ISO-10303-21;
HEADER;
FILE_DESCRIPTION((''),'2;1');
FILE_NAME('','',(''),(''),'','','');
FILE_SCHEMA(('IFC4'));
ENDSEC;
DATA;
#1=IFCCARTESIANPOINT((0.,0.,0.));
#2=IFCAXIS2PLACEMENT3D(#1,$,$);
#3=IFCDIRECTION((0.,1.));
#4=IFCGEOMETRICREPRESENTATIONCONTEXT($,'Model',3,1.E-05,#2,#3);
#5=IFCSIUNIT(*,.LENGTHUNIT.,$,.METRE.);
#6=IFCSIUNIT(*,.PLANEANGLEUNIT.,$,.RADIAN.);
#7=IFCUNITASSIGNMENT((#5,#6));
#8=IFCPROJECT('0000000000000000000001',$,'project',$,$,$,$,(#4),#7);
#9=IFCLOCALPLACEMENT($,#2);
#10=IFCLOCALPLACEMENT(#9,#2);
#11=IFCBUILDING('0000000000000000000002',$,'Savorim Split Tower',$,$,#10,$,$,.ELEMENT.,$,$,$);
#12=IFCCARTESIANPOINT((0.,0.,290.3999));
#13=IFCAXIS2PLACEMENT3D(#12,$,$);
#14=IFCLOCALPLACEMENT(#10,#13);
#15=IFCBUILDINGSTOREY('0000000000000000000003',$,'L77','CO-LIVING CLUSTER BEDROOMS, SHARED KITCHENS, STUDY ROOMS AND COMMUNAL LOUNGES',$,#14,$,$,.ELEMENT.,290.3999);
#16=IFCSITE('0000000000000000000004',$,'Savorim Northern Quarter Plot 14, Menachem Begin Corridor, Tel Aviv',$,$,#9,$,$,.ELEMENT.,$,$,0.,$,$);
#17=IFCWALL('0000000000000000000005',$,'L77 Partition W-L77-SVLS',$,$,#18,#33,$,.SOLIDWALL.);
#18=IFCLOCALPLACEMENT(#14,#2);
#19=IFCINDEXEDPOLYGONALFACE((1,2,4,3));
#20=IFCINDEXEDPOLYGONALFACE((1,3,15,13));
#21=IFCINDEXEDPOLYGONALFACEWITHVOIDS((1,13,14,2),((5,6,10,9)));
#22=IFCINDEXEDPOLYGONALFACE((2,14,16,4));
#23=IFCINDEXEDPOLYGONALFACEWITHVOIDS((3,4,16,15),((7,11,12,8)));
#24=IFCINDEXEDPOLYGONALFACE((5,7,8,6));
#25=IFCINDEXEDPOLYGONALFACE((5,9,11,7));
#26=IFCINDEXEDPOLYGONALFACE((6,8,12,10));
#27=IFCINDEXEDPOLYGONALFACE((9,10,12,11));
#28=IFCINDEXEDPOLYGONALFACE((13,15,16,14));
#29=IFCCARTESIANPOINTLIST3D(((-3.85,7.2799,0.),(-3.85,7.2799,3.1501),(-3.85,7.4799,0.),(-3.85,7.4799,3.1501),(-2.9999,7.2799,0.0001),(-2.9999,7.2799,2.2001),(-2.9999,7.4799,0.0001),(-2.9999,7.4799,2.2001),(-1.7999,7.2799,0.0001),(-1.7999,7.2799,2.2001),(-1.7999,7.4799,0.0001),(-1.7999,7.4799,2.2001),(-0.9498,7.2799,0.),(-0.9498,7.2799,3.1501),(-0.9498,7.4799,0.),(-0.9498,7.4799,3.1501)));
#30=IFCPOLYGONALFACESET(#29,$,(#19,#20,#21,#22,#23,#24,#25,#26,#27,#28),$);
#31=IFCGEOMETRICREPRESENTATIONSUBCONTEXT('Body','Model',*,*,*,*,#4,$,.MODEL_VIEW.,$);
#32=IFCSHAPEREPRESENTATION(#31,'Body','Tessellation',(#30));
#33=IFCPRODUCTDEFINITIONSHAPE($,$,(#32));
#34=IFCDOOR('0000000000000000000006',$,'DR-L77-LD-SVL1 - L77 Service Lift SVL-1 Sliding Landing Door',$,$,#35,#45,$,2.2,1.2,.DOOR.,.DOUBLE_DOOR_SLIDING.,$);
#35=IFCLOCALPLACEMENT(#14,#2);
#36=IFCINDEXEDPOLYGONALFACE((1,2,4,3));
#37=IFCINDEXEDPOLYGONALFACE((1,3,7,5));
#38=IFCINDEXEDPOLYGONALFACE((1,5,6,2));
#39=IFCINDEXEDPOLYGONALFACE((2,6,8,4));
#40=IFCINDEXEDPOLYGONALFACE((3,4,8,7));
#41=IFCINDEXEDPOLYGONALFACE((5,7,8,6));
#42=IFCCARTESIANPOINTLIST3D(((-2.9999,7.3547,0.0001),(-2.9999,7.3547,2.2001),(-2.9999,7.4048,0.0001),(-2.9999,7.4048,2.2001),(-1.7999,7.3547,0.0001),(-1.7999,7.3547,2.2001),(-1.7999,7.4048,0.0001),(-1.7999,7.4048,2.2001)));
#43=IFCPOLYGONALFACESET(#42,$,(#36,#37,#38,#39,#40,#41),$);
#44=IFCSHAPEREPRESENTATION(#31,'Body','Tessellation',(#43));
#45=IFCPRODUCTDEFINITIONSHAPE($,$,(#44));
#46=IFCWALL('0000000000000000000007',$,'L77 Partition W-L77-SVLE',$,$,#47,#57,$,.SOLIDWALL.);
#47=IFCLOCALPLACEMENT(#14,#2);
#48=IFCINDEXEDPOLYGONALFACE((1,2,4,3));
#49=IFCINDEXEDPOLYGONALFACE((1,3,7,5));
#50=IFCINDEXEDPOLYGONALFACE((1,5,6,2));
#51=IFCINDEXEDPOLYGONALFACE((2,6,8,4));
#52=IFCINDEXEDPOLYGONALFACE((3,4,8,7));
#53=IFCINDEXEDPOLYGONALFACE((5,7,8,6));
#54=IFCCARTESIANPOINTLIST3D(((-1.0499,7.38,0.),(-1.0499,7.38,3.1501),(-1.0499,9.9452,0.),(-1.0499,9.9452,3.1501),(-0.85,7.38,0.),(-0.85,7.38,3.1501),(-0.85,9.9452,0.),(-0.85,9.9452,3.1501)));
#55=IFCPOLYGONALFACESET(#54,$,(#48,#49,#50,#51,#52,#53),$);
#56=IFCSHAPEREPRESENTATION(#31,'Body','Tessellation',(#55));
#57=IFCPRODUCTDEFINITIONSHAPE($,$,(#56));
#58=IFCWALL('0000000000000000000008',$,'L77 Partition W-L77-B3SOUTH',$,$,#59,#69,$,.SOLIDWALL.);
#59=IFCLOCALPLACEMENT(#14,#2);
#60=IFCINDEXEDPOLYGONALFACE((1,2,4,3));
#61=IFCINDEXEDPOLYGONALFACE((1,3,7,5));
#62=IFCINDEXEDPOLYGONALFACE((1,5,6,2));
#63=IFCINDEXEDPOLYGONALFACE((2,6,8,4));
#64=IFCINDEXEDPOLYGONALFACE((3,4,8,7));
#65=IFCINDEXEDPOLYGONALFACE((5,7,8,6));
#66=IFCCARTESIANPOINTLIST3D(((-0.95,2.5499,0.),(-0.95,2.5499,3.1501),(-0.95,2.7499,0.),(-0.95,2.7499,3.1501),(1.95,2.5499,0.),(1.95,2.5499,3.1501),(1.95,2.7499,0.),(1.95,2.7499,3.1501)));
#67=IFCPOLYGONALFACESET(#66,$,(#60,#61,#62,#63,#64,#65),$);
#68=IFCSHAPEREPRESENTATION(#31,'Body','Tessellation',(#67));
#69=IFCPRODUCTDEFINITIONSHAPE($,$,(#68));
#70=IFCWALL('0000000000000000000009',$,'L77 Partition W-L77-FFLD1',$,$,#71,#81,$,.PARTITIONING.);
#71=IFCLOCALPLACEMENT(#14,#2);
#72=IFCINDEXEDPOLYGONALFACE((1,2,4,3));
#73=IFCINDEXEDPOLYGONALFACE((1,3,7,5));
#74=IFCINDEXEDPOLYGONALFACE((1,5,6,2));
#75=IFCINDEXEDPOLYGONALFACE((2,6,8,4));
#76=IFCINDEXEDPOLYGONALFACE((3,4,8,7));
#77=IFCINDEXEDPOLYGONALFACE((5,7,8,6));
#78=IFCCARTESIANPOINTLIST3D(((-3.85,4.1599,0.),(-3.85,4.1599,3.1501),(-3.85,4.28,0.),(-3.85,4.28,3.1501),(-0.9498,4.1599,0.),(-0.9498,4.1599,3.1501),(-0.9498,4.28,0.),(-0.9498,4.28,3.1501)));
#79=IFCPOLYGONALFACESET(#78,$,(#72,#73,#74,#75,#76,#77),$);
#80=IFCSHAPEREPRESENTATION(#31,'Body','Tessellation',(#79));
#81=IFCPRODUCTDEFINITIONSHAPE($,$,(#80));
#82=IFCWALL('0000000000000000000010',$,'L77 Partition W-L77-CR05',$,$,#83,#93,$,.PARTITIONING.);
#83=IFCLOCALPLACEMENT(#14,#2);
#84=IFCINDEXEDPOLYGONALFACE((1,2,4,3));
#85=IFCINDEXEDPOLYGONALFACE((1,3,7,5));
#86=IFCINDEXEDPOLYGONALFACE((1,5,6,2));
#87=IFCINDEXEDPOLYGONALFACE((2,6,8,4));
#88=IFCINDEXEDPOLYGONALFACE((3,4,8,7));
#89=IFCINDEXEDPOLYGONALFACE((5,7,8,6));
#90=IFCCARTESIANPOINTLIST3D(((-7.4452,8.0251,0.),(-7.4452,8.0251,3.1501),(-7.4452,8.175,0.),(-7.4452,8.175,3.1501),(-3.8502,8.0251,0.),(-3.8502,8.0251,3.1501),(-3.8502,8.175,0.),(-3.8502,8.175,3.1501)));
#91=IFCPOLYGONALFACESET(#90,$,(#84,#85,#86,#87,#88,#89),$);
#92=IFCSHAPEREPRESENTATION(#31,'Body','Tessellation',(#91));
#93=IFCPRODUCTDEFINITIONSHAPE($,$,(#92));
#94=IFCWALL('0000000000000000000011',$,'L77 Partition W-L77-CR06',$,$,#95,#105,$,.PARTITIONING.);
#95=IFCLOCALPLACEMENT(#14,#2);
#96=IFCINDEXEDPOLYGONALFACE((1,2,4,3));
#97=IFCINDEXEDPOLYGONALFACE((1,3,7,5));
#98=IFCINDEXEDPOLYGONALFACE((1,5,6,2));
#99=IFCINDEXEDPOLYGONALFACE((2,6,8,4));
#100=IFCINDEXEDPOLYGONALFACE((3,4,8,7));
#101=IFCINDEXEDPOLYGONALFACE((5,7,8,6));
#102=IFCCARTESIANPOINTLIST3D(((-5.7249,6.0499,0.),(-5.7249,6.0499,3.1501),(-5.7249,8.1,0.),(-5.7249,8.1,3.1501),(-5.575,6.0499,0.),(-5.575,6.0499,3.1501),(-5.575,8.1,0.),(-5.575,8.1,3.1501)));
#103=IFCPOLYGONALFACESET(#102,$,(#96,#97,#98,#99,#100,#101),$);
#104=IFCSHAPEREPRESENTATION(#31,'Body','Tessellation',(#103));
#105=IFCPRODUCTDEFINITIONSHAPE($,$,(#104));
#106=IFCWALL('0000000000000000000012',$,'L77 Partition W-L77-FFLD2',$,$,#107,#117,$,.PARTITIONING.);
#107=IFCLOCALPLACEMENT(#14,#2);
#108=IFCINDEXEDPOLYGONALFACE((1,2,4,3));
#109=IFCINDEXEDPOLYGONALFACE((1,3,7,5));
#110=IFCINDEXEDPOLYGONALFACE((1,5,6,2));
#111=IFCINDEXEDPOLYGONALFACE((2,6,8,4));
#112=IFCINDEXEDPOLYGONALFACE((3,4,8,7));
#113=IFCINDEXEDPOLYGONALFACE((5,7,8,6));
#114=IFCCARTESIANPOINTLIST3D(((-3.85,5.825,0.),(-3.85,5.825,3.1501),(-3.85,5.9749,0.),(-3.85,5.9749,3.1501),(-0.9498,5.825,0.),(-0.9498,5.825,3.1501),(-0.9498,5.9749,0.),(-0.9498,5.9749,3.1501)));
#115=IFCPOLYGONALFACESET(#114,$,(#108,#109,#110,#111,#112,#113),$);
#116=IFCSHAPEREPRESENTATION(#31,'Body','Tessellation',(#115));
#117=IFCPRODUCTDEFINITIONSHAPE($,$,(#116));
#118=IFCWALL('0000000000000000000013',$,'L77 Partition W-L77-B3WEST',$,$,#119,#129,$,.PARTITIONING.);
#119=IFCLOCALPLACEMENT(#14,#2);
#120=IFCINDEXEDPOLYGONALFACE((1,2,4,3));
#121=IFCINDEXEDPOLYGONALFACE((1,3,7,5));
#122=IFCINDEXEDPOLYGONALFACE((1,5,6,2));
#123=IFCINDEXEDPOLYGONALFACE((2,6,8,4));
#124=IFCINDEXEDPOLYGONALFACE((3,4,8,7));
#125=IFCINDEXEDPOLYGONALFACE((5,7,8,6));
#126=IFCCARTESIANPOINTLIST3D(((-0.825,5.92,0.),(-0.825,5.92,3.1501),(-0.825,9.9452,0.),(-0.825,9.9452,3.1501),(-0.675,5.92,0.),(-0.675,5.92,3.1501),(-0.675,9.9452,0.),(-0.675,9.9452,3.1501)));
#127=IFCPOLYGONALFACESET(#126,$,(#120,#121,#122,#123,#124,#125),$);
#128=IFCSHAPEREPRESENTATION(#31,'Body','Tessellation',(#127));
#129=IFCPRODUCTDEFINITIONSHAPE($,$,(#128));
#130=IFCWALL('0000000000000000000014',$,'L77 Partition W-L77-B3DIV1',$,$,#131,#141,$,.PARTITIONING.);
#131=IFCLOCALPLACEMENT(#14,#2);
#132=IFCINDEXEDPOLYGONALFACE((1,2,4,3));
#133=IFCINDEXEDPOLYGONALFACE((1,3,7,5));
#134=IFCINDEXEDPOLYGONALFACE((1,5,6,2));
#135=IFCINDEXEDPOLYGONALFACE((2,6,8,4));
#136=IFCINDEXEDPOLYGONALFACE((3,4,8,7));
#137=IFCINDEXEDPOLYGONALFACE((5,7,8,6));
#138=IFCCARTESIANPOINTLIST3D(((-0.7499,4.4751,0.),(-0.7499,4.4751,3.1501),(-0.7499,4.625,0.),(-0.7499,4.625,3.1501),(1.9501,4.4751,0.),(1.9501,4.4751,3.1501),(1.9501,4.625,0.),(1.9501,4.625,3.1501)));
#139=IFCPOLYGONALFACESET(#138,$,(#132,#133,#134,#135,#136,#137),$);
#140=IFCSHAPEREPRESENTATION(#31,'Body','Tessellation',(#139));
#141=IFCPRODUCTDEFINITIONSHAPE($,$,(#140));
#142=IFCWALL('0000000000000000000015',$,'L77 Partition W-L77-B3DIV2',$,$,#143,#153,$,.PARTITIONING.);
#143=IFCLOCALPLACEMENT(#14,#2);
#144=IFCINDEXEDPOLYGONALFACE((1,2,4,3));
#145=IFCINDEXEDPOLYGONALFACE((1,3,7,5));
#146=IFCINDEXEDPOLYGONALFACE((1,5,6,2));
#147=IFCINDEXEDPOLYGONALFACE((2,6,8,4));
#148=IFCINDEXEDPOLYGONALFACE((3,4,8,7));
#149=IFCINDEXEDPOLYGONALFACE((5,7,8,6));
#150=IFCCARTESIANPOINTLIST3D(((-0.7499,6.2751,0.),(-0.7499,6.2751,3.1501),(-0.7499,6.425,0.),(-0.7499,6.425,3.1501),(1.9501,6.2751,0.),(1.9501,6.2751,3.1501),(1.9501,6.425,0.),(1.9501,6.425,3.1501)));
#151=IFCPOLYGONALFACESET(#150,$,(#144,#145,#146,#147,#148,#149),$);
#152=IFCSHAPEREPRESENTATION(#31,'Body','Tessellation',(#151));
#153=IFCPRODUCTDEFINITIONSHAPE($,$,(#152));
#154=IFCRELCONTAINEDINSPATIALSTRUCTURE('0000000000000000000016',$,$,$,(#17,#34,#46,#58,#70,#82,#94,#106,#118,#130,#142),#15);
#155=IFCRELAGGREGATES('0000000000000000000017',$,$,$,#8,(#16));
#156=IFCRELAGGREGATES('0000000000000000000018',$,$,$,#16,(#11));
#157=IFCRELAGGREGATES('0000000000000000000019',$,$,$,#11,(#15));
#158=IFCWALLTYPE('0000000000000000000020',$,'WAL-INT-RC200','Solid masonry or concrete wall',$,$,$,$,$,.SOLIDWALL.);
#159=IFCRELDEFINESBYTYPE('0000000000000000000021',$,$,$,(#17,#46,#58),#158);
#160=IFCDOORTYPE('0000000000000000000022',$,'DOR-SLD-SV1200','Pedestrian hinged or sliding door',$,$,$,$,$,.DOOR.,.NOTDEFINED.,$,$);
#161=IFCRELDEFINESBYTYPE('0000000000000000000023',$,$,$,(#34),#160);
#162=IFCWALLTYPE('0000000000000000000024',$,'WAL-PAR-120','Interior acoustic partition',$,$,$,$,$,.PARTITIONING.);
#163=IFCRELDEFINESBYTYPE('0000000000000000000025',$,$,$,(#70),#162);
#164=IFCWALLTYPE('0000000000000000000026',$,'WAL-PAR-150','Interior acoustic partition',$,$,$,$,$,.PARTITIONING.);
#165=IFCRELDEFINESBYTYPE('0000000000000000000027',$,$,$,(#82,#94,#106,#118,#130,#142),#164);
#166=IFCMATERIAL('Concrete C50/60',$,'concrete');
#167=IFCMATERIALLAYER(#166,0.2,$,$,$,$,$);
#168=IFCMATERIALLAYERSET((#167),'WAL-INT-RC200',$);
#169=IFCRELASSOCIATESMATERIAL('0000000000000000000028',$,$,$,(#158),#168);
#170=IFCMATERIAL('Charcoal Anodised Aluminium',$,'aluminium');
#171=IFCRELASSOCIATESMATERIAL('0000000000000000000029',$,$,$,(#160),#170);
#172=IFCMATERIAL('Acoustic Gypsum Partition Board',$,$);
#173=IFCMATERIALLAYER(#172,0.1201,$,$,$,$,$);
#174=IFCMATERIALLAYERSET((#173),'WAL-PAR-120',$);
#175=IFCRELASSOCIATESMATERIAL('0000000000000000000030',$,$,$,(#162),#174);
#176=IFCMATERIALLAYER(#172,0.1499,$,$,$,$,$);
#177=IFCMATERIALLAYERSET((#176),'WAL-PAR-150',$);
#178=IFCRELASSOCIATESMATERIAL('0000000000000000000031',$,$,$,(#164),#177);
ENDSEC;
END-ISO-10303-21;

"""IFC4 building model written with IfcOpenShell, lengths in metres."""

from ifc_helpers import new_model, si_unit, direction, frame, frame_2d, origin, place, context, subcontext, project, spatial, rectangle, extrude, material, layer, layer_set, type_object, element, fill, save


model = new_model("IFC4")

# Units and contexts
model_context = context("Model", 3, precision=1e-05, world=origin(), true_north=direction((0.0, 1.0)))
body_context = subcontext(model_context, "Body", "Model", "MODEL_VIEW")
ifc_project = project(units=[si_unit("LENGTHUNIT", "METRE"), si_unit("PLANEANGLEUNIT", "RADIAN")], contexts=[model_context])

# Site, building, storey
site_placement = place(None, origin())
site = spatial("IfcSite", under=ifc_project, at=site_placement, Name="Savorim Northern Quarter Plot 14, Menachem Begin Corridor, Tel Aviv", CompositionType="ELEMENT", RefElevation=0.0)
building_placement = place(site_placement, origin())
building = spatial("IfcBuilding", under=site, at=building_placement, Name="Savorim Split Tower", CompositionType="ELEMENT")
storey_placement = place(building_placement, frame((0.0, 0.0, 290.3999)))
storey = spatial("IfcBuildingStorey", under=building, at=storey_placement, Name="L77", Description="CO-LIVING CLUSTER BEDROOMS, SHARED KITCHENS, STUDY ROOMS AND COMMUNAL LOUNGES", CompositionType="ELEMENT", Elevation=290.3999)

# Shared definitions
ifc_material_1 = material(Name="Charcoal Anodised Aluminium", Category="aluminium")

# Shared definitions
ifc_material_2 = material(Name="Concrete C50/60", Category="concrete")
ifc_layer_1 = layer(ifc_material_2, 0.2)
ifc_layer_set_1 = layer_set([ifc_layer_1], Name="WAL-INT-RC200")
wall_type_1 = type_object("IfcWallType", Name="WAL-INT-RC200", Description="Solid masonry or concrete wall", PredefinedType="SOLIDWALL", material=ifc_layer_set_1)

# Wall, opening, door
wall_1_placement = place(storey_placement, frame((-3.8501, 7.3799, 0.0), z_axis=(0.0, 0.0, 1.0), x_axis=(1.0, 0.0, 0.0)))
wall_1 = element("IfcWall", 1, at=wall_1_placement, inside=storey, type_object=wall_type_1, Name="L77 Partition W-L77-SVLS", PredefinedType="SOLIDWALL", context=body_context, shape_type="SweptSolid", body=[
    extrude(rectangle(XDim=2.9001, YDim=0.2, at=frame_2d((1.4502, 0.0))), origin(), (0.0, 0.0, 1.0), 3.1501),
])
opening_1_placement = place(wall_1_placement, frame((0.8501, 0.0, 0.0)))
opening_1 = element("IfcOpeningElement", 2, at=opening_1_placement, cuts=wall_1, PredefinedType="OPENING", context=body_context, shape_type="SweptSolid", body=[
    extrude(rectangle(XDim=1.2, YDim=2.2, at=frame_2d((0.6001, 1.1001))), frame((0.0, 0.1099, 0.0), z_axis=(0.0, -1.0, 0.0), x_axis=(1.0, 0.0, 0.0)), (0.0, 0.0, 1.0), 0.22),
])
door_type_1 = type_object("IfcDoorType", Name="DOR-SLD-SV1200", Description="Pedestrian hinged or sliding door", OperationType="NOTDEFINED", PredefinedType="DOOR", material=ifc_material_1)
door_1_placement = place(opening_1_placement, origin())
door_1 = element("IfcDoor", 3, at=door_1_placement, inside=storey, type_object=door_type_1, Name="DR-L77-LD-SVL1 - L77 Service Lift SVL-1 Sliding Landing Door", OperationType="DOUBLE_DOOR_SLIDING", OverallHeight=2.2, OverallWidth=1.2, PredefinedType="DOOR", context=body_context, shape_type="SweptSolid", body=[
    extrude(rectangle(XDim=1.2, YDim=2.2, at=frame_2d((0.6001, 1.1001))), frame((0.0, 0.0249, 0.0), z_axis=(0.0, -1.0, 0.0), x_axis=(1.0, 0.0, 0.0)), (0.0, 0.0, 1.0), 0.05),
])
fill(opening_1, door_1)

# Walls
wall_2_placement = place(storey_placement, frame((-0.95, 7.3799, 0.0), z_axis=(0.0, 0.0, 1.0), x_axis=(0.0, 1.0, 0.0)))
element("IfcWall", 4, at=wall_2_placement, inside=storey, type_object=wall_type_1, Name="L77 Partition W-L77-SVLE", PredefinedType="SOLIDWALL", context=body_context, shape_type="SweptSolid", body=[
    extrude(rectangle(XDim=2.5652, YDim=0.2, at=frame_2d((1.2827, 0.0))), origin(), (0.0, 0.0, 1.0), 3.1501),
])
wall_3_placement = place(storey_placement, frame((-0.95, 2.6499, 0.0), z_axis=(0.0, 0.0, 1.0), x_axis=(1.0, 0.0, 0.0)))
element("IfcWall", 5, at=wall_3_placement, inside=storey, type_object=wall_type_1, Name="L77 Partition W-L77-B3SOUTH", PredefinedType="SOLIDWALL", context=body_context, shape_type="SweptSolid", body=[
    extrude(rectangle(XDim=2.8999, YDim=0.2, at=frame_2d((1.45, 0.0))), origin(), (0.0, 0.0, 1.0), 3.1501),
])
ifc_material_3 = material(Name="Acoustic Gypsum Partition Board")
ifc_layer_2 = layer(ifc_material_3, 0.1201)
ifc_layer_set_2 = layer_set([ifc_layer_2], Name="WAL-PAR-120")
wall_type_2 = type_object("IfcWallType", Name="WAL-PAR-120", Description="Interior acoustic partition", PredefinedType="PARTITIONING", material=ifc_layer_set_2)
wall_4_placement = place(storey_placement, frame((-3.8501, 4.22, 0.0), z_axis=(0.0, 0.0, 1.0), x_axis=(1.0, 0.0, 0.0)))
element("IfcWall", 6, at=wall_4_placement, inside=storey, type_object=wall_type_2, Name="L77 Partition W-L77-FFLD1", PredefinedType="PARTITIONING", context=body_context, shape_type="SweptSolid", body=[
    extrude(rectangle(XDim=2.9001, YDim=0.1201, at=frame_2d((1.4502, 0.0))), origin(), (0.0, 0.0, 1.0), 3.1501),
])
ifc_layer_3 = layer(ifc_material_3, 0.1499)
ifc_layer_set_3 = layer_set([ifc_layer_3], Name="WAL-PAR-150")
wall_type_3 = type_object("IfcWallType", Name="WAL-PAR-150", Description="Interior acoustic partition", PredefinedType="PARTITIONING", material=ifc_layer_set_3)
wall_5_placement = place(storey_placement, frame((-7.4451, 8.1001, 0.0), z_axis=(0.0, 0.0, 1.0), x_axis=(1.0, 0.0, 0.0)))
element("IfcWall", 7, at=wall_5_placement, inside=storey, type_object=wall_type_3, Name="L77 Partition W-L77-CR05", PredefinedType="PARTITIONING", context=body_context, shape_type="SweptSolid", body=[
    extrude(rectangle(XDim=3.595, YDim=0.1499, at=frame_2d((1.7974, 0.0))), origin(), (0.0, 0.0, 1.0), 3.1501),
])
wall_6_placement = place(storey_placement, frame((-5.6499, 6.05, 0.0), z_axis=(0.0, 0.0, 1.0), x_axis=(0.0, 1.0, 0.0)))
element("IfcWall", 8, at=wall_6_placement, inside=storey, type_object=wall_type_3, Name="L77 Partition W-L77-CR06", PredefinedType="PARTITIONING", context=body_context, shape_type="SweptSolid", body=[
    extrude(rectangle(XDim=2.05, YDim=0.1499, at=frame_2d((1.0249, 0.0))), origin(), (0.0, 0.0, 1.0), 3.1501),
])
wall_7_placement = place(storey_placement, frame((-3.8501, 5.8999, 0.0), z_axis=(0.0, 0.0, 1.0), x_axis=(1.0, 0.0, 0.0)))
element("IfcWall", 9, at=wall_7_placement, inside=storey, type_object=wall_type_3, Name="L77 Partition W-L77-FFLD2", PredefinedType="PARTITIONING", context=body_context, shape_type="SweptSolid", body=[
    extrude(rectangle(XDim=2.9001, YDim=0.1499, at=frame_2d((1.4502, 0.0))), origin(), (0.0, 0.0, 1.0), 3.1501),
])
wall_8_placement = place(storey_placement, frame((-0.75, 5.9199, 0.0), z_axis=(0.0, 0.0, 1.0), x_axis=(0.0, 1.0, 0.0)))
element("IfcWall", 10, at=wall_8_placement, inside=storey, type_object=wall_type_3, Name="L77 Partition W-L77-B3WEST", PredefinedType="PARTITIONING", context=body_context, shape_type="SweptSolid", body=[
    extrude(rectangle(XDim=4.0251, YDim=0.1499, at=frame_2d((2.0127, 0.0))), origin(), (0.0, 0.0, 1.0), 3.1501),
])
for number, where, z_axis, x_axis, name in (
    (11, (-0.75, 4.55, 0.0), (0.0, 0.0, 1.0), (1.0, 0.0, 0.0), "L77 Partition W-L77-B3DIV1"),
    (12, (-0.75, 6.3501, 0.0), (0.0, 0.0, 1.0), (1.0, 0.0, 0.0), "L77 Partition W-L77-B3DIV2"),
):
    element("IfcWall", number, at=place(storey_placement, frame(where, z_axis=z_axis, x_axis=x_axis)), inside=storey, type_object=wall_type_3, Name=name, PredefinedType="PARTITIONING", context=body_context, shape_type="SweptSolid", body=[
        extrude(rectangle(XDim=2.7, YDim=0.1499, at=frame_2d((1.3501, 0.0))), origin(), (0.0, 0.0, 1.0), 3.1501),
    ])

save(model, "model.ifc")
